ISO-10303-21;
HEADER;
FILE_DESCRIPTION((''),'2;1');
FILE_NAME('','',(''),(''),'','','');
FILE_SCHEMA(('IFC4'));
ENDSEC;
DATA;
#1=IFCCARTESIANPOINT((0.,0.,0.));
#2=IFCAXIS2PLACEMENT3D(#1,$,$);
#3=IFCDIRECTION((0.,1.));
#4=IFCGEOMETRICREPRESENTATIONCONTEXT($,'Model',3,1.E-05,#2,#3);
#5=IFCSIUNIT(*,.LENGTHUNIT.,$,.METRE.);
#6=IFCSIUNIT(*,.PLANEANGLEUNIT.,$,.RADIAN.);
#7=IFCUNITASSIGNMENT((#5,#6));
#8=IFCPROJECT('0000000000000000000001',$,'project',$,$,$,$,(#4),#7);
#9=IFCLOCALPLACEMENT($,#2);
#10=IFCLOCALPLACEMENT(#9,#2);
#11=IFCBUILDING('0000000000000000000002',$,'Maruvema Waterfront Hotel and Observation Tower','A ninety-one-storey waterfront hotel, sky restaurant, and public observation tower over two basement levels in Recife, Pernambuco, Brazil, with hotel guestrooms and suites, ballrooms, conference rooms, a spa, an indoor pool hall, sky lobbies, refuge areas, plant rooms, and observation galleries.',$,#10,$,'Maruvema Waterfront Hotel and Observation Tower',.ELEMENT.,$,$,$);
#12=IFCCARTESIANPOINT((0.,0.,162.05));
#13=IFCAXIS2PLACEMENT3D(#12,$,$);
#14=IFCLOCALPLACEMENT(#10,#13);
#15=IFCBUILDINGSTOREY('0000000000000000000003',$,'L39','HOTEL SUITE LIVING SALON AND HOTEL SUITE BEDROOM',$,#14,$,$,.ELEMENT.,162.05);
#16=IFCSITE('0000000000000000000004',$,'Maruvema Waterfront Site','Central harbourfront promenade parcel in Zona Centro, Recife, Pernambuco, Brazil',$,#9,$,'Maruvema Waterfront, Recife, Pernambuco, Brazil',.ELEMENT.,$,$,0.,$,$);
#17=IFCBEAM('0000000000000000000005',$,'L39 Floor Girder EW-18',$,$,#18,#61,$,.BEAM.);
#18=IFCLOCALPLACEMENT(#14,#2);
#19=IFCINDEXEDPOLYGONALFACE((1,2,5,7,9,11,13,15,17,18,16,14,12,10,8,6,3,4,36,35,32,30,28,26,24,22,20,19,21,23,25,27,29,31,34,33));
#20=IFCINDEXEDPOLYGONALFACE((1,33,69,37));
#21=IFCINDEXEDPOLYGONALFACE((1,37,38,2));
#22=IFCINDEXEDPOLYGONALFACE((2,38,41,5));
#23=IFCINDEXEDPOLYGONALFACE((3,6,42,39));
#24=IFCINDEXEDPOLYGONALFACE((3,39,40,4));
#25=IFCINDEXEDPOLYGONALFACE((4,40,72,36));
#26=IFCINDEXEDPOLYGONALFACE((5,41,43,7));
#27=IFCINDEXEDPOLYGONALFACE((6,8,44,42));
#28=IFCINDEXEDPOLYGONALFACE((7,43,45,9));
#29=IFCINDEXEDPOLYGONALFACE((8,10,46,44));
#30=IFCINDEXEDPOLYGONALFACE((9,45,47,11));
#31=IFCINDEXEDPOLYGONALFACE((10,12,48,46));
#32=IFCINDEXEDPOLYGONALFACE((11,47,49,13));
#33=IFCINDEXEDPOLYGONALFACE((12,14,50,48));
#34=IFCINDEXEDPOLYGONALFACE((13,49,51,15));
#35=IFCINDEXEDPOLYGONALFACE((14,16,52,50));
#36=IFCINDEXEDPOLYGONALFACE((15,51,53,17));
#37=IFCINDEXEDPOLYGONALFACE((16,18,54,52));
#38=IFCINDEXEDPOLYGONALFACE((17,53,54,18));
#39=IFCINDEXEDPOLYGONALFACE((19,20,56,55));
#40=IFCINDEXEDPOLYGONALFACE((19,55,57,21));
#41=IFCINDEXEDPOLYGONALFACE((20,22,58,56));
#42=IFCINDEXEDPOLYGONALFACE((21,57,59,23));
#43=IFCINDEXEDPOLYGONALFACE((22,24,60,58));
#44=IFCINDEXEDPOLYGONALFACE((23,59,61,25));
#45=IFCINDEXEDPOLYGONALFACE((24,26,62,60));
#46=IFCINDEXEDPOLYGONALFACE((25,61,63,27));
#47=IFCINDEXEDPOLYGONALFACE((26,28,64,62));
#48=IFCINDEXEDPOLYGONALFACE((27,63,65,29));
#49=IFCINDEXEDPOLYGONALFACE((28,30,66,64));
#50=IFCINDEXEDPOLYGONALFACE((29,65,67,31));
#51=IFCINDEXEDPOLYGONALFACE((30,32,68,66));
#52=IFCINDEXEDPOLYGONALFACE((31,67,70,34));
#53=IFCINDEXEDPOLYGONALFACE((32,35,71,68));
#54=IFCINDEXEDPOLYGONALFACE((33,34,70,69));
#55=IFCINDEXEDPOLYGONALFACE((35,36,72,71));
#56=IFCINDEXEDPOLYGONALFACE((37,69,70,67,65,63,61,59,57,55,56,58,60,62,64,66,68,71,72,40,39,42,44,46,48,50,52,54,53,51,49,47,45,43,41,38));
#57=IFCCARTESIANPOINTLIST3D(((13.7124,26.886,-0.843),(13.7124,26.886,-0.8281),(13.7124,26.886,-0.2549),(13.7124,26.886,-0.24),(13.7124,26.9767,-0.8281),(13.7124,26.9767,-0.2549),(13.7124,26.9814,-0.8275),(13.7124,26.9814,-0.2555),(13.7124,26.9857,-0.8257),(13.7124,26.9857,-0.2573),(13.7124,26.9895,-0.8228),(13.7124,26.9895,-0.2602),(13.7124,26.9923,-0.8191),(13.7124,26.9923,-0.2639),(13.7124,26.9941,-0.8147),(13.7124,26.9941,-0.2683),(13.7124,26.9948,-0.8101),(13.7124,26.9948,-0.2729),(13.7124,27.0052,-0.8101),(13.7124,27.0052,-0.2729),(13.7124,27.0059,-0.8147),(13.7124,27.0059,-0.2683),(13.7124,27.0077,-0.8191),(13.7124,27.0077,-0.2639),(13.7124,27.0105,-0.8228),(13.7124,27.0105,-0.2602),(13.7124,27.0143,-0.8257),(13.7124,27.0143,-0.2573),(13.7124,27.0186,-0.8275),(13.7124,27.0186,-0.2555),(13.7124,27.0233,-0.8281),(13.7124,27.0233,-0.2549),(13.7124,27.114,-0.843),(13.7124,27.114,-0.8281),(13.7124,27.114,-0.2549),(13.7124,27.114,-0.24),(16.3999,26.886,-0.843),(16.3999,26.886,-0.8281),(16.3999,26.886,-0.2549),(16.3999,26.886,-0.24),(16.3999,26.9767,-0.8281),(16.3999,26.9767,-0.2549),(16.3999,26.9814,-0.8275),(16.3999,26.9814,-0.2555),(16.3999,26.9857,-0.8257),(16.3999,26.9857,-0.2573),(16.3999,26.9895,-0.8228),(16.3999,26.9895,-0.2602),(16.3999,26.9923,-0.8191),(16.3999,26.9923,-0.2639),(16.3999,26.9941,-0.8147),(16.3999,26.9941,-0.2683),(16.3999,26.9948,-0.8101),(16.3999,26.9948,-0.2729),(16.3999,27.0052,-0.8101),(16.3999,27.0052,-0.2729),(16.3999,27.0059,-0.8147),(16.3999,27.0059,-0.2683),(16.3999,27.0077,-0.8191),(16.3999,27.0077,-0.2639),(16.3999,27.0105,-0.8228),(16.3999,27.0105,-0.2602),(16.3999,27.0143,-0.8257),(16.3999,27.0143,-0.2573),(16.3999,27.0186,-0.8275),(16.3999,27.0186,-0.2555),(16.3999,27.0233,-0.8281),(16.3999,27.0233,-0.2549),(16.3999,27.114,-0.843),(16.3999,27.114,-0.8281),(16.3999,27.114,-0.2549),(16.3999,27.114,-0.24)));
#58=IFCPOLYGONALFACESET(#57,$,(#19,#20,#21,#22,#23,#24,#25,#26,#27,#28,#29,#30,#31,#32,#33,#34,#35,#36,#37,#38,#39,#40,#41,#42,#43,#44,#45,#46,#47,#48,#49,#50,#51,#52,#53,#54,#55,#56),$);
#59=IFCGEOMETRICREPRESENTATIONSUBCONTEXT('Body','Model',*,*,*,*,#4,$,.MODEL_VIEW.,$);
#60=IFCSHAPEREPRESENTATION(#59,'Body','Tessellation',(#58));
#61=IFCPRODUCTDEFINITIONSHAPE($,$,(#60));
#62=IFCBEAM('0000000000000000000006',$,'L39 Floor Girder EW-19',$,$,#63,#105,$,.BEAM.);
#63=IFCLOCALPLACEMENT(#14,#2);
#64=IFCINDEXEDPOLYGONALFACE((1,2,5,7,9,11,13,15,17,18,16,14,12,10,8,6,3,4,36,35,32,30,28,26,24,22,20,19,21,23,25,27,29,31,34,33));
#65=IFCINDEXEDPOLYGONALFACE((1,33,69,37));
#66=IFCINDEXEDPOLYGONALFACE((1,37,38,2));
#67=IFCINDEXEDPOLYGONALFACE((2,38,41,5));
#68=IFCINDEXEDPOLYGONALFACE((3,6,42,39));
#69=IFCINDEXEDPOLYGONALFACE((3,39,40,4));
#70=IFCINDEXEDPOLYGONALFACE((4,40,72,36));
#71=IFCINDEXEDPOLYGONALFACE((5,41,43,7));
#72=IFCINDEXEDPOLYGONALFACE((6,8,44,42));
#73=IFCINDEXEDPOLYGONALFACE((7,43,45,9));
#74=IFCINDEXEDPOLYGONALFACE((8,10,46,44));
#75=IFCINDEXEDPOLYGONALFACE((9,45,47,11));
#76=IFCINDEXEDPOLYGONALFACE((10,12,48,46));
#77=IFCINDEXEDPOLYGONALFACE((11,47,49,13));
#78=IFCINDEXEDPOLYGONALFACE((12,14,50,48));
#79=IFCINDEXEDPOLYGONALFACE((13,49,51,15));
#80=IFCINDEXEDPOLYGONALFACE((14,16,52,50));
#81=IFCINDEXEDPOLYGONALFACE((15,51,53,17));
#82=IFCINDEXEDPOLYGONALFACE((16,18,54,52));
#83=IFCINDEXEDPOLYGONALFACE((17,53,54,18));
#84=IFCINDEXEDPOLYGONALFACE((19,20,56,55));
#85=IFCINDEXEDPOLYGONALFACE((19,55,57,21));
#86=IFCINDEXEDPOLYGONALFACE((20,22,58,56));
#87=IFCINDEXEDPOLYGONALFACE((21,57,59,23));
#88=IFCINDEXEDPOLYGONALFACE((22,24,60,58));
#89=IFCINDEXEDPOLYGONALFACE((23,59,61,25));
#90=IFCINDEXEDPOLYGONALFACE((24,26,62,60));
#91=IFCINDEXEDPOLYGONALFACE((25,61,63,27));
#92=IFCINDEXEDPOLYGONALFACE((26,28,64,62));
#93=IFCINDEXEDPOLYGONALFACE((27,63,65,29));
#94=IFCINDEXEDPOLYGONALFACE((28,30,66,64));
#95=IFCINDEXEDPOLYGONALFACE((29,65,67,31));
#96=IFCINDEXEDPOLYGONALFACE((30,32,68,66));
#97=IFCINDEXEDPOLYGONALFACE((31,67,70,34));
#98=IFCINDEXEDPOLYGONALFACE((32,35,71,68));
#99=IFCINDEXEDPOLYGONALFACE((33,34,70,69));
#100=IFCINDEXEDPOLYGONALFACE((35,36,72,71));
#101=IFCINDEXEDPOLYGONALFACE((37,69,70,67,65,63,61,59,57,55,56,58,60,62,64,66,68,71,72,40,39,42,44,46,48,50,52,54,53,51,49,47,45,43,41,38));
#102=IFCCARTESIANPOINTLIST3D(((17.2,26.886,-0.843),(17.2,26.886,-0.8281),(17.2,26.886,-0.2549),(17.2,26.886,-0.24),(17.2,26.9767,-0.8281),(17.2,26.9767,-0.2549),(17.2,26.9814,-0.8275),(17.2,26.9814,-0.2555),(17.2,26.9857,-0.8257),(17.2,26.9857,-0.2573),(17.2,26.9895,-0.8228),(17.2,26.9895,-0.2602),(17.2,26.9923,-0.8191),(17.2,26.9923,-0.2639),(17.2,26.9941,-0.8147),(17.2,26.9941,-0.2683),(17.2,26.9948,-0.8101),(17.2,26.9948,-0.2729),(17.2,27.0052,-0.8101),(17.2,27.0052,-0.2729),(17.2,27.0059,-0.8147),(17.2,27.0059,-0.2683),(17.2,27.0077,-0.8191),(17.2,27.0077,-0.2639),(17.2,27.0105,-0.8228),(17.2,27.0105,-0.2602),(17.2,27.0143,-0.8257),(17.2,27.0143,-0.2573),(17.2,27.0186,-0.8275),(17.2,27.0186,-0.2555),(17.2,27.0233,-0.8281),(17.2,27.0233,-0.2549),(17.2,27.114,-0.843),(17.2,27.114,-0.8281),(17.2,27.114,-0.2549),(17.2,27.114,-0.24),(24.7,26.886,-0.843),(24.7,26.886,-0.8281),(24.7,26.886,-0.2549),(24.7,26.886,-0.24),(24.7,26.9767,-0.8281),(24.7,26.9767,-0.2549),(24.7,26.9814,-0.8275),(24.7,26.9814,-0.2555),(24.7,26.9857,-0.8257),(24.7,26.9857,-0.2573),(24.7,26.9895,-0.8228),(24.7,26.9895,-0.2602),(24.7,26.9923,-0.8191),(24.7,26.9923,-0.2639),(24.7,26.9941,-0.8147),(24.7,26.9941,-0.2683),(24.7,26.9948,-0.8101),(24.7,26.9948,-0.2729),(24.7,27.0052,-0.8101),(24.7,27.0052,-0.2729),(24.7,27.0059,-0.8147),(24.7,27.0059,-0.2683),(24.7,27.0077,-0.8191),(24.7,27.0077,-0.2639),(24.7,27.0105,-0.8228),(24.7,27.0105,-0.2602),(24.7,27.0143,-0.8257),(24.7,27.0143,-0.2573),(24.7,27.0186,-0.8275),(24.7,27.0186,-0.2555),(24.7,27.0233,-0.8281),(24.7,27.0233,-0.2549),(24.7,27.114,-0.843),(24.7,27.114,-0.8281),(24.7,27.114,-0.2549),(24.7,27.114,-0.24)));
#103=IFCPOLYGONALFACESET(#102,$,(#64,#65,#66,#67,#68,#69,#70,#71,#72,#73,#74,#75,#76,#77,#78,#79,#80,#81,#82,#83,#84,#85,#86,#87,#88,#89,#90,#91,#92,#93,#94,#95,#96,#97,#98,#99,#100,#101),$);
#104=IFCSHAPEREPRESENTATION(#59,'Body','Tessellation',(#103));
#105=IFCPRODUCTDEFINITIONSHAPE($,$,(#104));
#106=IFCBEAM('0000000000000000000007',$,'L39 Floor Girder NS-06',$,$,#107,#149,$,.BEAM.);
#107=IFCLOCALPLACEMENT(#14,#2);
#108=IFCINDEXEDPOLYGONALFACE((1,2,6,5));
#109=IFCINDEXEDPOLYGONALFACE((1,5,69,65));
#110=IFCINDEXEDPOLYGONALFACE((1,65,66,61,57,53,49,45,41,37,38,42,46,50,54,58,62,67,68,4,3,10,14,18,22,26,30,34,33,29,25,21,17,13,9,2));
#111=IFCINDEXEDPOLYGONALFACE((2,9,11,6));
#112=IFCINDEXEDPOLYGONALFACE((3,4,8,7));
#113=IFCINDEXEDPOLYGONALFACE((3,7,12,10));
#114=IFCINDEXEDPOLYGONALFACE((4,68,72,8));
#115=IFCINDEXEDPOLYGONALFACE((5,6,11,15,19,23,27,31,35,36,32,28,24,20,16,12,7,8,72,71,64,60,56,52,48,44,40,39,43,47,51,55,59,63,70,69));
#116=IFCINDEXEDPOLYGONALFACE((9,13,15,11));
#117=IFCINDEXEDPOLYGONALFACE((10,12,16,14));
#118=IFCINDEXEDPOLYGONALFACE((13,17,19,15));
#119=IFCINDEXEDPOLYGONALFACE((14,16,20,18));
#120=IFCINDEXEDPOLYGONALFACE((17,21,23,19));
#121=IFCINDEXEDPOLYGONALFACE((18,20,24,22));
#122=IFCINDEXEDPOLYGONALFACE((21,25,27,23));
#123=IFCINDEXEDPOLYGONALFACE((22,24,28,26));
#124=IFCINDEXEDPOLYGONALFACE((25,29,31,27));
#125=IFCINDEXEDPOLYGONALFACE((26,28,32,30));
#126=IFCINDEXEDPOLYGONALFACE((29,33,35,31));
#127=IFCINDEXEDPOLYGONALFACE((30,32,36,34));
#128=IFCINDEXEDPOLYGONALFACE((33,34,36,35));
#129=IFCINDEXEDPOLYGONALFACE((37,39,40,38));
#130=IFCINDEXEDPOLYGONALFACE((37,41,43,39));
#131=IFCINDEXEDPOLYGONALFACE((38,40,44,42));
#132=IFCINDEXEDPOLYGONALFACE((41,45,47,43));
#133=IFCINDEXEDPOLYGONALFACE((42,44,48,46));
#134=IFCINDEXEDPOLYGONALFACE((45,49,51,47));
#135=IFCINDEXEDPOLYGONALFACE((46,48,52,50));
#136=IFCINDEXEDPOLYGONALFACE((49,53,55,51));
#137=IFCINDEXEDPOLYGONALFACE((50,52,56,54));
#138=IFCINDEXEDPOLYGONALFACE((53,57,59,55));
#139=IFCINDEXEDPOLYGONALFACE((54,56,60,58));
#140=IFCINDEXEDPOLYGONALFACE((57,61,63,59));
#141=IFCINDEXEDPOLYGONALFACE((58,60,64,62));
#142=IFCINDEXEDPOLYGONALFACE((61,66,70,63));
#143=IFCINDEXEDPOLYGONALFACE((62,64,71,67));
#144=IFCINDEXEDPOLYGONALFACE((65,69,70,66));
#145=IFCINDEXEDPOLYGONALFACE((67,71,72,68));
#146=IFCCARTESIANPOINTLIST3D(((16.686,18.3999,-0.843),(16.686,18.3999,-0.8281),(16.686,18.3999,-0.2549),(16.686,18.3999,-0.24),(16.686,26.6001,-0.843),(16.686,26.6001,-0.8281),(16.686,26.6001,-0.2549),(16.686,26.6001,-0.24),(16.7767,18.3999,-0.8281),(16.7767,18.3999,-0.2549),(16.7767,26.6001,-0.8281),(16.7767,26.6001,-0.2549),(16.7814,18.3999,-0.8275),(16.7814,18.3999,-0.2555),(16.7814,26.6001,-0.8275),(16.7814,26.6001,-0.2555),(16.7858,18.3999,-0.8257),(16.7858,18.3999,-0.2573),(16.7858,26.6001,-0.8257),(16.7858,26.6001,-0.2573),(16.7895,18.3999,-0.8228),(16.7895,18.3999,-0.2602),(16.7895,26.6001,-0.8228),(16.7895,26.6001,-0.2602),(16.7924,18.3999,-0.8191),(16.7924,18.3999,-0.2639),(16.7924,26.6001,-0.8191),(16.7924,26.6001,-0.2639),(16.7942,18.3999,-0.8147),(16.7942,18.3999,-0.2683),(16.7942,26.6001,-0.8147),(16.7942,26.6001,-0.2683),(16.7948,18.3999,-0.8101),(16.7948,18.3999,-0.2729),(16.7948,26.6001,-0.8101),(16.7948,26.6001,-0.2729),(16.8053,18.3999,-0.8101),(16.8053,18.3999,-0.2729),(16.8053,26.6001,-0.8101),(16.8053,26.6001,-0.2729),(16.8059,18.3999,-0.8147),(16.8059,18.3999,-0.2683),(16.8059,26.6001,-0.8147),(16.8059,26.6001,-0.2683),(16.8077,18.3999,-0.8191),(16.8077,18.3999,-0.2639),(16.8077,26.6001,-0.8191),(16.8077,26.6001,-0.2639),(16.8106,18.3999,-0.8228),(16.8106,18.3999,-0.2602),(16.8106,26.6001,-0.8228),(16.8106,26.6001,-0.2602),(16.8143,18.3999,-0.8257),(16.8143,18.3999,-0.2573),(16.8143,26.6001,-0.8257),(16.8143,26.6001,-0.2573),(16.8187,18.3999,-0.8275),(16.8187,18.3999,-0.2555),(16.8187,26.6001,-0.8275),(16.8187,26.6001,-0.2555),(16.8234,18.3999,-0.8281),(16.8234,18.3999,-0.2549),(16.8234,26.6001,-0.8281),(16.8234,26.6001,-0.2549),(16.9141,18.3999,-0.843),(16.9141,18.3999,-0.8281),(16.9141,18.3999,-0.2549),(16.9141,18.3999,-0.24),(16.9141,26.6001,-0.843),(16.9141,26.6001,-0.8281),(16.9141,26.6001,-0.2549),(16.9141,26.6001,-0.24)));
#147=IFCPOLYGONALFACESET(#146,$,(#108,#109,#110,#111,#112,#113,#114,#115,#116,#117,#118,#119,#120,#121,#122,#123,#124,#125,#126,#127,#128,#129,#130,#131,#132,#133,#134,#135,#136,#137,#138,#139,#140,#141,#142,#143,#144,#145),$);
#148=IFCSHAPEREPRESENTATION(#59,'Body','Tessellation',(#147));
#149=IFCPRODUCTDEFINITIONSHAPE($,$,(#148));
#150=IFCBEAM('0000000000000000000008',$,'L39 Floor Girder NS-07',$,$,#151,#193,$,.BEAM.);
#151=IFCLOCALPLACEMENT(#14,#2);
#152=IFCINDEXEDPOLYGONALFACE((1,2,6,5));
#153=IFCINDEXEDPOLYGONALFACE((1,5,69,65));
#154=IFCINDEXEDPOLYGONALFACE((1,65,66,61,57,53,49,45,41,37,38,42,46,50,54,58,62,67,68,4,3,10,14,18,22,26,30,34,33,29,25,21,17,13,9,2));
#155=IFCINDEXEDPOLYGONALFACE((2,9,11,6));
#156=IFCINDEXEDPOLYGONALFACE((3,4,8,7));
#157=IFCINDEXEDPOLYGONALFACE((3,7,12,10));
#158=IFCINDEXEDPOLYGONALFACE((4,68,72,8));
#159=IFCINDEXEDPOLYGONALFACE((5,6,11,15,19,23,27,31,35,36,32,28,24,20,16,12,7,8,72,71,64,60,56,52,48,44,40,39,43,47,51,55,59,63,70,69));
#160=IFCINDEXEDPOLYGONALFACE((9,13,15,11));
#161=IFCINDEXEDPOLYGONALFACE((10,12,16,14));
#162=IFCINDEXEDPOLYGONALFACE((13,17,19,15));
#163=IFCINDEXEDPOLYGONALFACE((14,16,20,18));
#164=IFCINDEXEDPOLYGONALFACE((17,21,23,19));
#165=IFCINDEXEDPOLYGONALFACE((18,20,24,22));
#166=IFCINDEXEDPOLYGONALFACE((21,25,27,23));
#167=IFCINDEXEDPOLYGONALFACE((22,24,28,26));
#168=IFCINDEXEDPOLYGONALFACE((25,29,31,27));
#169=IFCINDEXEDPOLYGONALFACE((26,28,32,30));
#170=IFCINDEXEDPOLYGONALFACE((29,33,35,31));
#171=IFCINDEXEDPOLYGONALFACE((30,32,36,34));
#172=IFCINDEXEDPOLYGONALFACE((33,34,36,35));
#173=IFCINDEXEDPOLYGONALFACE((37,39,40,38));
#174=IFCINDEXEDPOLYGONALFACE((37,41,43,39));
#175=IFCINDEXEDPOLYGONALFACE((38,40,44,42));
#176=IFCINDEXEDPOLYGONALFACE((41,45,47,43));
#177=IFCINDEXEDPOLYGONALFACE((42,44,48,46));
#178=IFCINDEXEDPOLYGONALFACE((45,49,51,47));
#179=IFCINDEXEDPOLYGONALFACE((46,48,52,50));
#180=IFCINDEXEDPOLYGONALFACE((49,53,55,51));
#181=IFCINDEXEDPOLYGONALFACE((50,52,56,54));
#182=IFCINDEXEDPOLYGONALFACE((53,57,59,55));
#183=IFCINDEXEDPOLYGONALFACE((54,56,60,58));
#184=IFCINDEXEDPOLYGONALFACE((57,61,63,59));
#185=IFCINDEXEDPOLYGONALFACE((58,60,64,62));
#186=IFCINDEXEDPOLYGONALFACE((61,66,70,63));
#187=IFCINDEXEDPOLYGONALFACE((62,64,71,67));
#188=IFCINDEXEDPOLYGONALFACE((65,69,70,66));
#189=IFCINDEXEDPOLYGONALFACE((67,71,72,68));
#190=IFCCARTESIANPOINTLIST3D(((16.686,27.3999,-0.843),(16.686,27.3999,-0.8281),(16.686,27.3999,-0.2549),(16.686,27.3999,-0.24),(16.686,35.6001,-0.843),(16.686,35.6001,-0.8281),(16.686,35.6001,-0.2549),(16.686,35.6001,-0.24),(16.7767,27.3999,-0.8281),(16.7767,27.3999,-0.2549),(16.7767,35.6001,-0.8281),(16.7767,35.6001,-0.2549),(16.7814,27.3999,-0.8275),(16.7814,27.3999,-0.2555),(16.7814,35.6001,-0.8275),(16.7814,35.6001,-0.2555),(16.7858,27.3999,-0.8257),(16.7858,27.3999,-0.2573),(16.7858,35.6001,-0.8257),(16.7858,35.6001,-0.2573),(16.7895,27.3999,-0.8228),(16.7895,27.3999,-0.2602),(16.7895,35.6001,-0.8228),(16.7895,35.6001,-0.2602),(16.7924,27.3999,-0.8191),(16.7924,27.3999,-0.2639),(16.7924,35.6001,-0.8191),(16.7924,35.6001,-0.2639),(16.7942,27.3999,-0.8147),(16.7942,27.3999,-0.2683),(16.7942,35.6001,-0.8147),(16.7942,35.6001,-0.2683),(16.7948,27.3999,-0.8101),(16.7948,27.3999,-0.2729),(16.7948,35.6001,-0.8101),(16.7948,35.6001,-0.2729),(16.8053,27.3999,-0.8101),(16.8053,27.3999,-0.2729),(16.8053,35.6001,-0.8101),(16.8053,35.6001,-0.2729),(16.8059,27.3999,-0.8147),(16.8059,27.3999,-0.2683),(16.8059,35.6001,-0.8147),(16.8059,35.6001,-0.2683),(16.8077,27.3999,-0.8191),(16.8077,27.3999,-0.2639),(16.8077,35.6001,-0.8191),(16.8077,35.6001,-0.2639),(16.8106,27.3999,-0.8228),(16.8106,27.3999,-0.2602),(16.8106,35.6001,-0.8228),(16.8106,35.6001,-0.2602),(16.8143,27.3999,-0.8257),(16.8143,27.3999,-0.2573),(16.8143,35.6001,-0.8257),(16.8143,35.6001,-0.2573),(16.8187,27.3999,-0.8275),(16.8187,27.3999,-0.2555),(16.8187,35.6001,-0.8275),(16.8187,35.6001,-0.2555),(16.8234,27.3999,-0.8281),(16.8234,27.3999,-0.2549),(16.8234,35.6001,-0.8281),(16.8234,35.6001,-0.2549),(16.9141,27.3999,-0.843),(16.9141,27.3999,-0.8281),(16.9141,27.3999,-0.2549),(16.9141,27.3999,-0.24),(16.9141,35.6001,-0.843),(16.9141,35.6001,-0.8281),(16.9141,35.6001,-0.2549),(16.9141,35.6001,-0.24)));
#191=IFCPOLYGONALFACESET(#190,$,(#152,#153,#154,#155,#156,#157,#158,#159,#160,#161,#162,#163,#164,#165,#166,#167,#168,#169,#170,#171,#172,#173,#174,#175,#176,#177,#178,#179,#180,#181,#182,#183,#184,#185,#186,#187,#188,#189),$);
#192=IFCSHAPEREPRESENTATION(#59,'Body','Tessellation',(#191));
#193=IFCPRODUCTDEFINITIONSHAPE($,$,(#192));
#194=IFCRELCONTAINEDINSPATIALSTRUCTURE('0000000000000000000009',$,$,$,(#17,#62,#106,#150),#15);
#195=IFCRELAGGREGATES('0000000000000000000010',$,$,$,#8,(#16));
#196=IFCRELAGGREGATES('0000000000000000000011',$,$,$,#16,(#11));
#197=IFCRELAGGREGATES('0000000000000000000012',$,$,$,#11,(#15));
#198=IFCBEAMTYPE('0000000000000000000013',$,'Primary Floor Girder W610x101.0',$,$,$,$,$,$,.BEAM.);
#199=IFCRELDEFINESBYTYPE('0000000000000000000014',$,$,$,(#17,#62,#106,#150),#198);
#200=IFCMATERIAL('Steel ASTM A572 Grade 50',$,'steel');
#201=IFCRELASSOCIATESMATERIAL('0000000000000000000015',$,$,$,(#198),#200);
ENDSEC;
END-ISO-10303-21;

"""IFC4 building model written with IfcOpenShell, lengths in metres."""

from ifc_helpers import new_model, si_unit, direction, frame, origin, origin_2d, place, context, subcontext, project, spatial, i_section, extrude, material, material_profile, profile_set, type_object, element, save


model = new_model("IFC4")

# Units and contexts
model_context = context("Model", 3, precision=1e-05, world=origin(), true_north=direction((0.0, 1.0)))
body_context = subcontext(model_context, "Body", "Model", "MODEL_VIEW")
ifc_project = project(units=[si_unit("LENGTHUNIT", "METRE"), si_unit("PLANEANGLEUNIT", "RADIAN")], contexts=[model_context])

# Site, building, storey
site_placement = place(None, origin())
site = spatial("IfcSite", under=ifc_project, at=site_placement, Name="Maruvema Waterfront Site", Description="Central harbourfront promenade parcel in Zona Centro, Recife, Pernambuco, Brazil", LongName="Maruvema Waterfront, Recife, Pernambuco, Brazil", CompositionType="ELEMENT", RefElevation=0.0)
building_placement = place(site_placement, origin())
building = spatial("IfcBuilding", under=site, at=building_placement, Name="Maruvema Waterfront Hotel and Observation Tower", Description="A ninety-one-storey waterfront hotel, sky restaurant, and public observation tower over two basement levels in Recife, Pernambuco, Brazil, with hotel guestrooms and suites, ballrooms, conference rooms, a spa, an indoor pool hall, sky lobbies, refuge areas, plant rooms, and observation galleries.", LongName="Maruvema Waterfront Hotel and Observation Tower", CompositionType="ELEMENT")
storey_placement = place(building_placement, frame((0.0, 0.0, 162.05)))
storey = spatial("IfcBuildingStorey", under=building, at=storey_placement, Name="L39", Description="HOTEL SUITE LIVING SALON AND HOTEL SUITE BEDROOM", CompositionType="ELEMENT", Elevation=162.05)

# Beams
ifc_material_1 = material(Name="Steel ASTM A572 Grade 50", Category="steel")
ifc_material_profile_1 = material_profile(ifc_material_1, i_section(OverallWidth=0.228, OverallDepth=0.603, WebThickness=0.0105, FlangeThickness=0.0149, FilletRadius=0.0181, at=origin_2d()), Name="W610x101.0")
ifc_profile_set_1 = profile_set([ifc_material_profile_1], Name="Steel ASTM A572 Grade 50")
beam_type_1 = type_object("IfcBeamType", Name="Primary Floor Girder W610x101.0", PredefinedType="BEAM", material=ifc_profile_set_1)
beam_1_placement = place(storey_placement, frame((13.7124, 27.0, -0.5415), z_axis=(1.0, 0.0, 0.0), x_axis=(0.0, 1.0, 0.0)))
element("IfcBeam", 1, at=beam_1_placement, inside=storey, type_object=beam_type_1, Name="L39 Floor Girder EW-18", PredefinedType="BEAM", context=body_context, shape_type="SweptSolid", body=[
    extrude(i_section(OverallWidth=0.228, OverallDepth=0.603, WebThickness=0.0105, FlangeThickness=0.0149, FilletRadius=0.0181, at=origin_2d()), origin(), (0.0, 0.0, 1.0), 2.6875),
])
beam_2_placement = place(storey_placement, frame((17.2, 27.0, -0.5415), z_axis=(1.0, 0.0, 0.0), x_axis=(0.0, 1.0, 0.0)))
element("IfcBeam", 2, at=beam_2_placement, inside=storey, type_object=beam_type_1, Name="L39 Floor Girder EW-19", PredefinedType="BEAM", context=body_context, shape_type="SweptSolid", body=[
    extrude(i_section(OverallWidth=0.228, OverallDepth=0.603, WebThickness=0.0105, FlangeThickness=0.0149, FilletRadius=0.0181, at=origin_2d()), origin(), (0.0, 0.0, 1.0), 7.5),
])
for number, where, z_axis, x_axis, name in (
    (3, (16.8, 18.3999, -0.5415), (0.0, 1.0, 0.0), (-1.0, 0.0, 0.0), "L39 Floor Girder NS-06"),
    (4, (16.8, 27.3999, -0.5415), (0.0, 1.0, 0.0), (-1.0, 0.0, 0.0), "L39 Floor Girder NS-07"),
):
    element("IfcBeam", number, at=place(storey_placement, frame(where, z_axis=z_axis, x_axis=x_axis)), inside=storey, type_object=beam_type_1, Name=name, PredefinedType="BEAM", context=body_context, shape_type="SweptSolid", body=[
        extrude(i_section(OverallWidth=0.228, OverallDepth=0.603, WebThickness=0.0105, FlangeThickness=0.0149, FilletRadius=0.0181, at=origin_2d()), origin(), (0.0, 0.0, 1.0), 8.2002),
    ])

save(model, "model.ifc")
